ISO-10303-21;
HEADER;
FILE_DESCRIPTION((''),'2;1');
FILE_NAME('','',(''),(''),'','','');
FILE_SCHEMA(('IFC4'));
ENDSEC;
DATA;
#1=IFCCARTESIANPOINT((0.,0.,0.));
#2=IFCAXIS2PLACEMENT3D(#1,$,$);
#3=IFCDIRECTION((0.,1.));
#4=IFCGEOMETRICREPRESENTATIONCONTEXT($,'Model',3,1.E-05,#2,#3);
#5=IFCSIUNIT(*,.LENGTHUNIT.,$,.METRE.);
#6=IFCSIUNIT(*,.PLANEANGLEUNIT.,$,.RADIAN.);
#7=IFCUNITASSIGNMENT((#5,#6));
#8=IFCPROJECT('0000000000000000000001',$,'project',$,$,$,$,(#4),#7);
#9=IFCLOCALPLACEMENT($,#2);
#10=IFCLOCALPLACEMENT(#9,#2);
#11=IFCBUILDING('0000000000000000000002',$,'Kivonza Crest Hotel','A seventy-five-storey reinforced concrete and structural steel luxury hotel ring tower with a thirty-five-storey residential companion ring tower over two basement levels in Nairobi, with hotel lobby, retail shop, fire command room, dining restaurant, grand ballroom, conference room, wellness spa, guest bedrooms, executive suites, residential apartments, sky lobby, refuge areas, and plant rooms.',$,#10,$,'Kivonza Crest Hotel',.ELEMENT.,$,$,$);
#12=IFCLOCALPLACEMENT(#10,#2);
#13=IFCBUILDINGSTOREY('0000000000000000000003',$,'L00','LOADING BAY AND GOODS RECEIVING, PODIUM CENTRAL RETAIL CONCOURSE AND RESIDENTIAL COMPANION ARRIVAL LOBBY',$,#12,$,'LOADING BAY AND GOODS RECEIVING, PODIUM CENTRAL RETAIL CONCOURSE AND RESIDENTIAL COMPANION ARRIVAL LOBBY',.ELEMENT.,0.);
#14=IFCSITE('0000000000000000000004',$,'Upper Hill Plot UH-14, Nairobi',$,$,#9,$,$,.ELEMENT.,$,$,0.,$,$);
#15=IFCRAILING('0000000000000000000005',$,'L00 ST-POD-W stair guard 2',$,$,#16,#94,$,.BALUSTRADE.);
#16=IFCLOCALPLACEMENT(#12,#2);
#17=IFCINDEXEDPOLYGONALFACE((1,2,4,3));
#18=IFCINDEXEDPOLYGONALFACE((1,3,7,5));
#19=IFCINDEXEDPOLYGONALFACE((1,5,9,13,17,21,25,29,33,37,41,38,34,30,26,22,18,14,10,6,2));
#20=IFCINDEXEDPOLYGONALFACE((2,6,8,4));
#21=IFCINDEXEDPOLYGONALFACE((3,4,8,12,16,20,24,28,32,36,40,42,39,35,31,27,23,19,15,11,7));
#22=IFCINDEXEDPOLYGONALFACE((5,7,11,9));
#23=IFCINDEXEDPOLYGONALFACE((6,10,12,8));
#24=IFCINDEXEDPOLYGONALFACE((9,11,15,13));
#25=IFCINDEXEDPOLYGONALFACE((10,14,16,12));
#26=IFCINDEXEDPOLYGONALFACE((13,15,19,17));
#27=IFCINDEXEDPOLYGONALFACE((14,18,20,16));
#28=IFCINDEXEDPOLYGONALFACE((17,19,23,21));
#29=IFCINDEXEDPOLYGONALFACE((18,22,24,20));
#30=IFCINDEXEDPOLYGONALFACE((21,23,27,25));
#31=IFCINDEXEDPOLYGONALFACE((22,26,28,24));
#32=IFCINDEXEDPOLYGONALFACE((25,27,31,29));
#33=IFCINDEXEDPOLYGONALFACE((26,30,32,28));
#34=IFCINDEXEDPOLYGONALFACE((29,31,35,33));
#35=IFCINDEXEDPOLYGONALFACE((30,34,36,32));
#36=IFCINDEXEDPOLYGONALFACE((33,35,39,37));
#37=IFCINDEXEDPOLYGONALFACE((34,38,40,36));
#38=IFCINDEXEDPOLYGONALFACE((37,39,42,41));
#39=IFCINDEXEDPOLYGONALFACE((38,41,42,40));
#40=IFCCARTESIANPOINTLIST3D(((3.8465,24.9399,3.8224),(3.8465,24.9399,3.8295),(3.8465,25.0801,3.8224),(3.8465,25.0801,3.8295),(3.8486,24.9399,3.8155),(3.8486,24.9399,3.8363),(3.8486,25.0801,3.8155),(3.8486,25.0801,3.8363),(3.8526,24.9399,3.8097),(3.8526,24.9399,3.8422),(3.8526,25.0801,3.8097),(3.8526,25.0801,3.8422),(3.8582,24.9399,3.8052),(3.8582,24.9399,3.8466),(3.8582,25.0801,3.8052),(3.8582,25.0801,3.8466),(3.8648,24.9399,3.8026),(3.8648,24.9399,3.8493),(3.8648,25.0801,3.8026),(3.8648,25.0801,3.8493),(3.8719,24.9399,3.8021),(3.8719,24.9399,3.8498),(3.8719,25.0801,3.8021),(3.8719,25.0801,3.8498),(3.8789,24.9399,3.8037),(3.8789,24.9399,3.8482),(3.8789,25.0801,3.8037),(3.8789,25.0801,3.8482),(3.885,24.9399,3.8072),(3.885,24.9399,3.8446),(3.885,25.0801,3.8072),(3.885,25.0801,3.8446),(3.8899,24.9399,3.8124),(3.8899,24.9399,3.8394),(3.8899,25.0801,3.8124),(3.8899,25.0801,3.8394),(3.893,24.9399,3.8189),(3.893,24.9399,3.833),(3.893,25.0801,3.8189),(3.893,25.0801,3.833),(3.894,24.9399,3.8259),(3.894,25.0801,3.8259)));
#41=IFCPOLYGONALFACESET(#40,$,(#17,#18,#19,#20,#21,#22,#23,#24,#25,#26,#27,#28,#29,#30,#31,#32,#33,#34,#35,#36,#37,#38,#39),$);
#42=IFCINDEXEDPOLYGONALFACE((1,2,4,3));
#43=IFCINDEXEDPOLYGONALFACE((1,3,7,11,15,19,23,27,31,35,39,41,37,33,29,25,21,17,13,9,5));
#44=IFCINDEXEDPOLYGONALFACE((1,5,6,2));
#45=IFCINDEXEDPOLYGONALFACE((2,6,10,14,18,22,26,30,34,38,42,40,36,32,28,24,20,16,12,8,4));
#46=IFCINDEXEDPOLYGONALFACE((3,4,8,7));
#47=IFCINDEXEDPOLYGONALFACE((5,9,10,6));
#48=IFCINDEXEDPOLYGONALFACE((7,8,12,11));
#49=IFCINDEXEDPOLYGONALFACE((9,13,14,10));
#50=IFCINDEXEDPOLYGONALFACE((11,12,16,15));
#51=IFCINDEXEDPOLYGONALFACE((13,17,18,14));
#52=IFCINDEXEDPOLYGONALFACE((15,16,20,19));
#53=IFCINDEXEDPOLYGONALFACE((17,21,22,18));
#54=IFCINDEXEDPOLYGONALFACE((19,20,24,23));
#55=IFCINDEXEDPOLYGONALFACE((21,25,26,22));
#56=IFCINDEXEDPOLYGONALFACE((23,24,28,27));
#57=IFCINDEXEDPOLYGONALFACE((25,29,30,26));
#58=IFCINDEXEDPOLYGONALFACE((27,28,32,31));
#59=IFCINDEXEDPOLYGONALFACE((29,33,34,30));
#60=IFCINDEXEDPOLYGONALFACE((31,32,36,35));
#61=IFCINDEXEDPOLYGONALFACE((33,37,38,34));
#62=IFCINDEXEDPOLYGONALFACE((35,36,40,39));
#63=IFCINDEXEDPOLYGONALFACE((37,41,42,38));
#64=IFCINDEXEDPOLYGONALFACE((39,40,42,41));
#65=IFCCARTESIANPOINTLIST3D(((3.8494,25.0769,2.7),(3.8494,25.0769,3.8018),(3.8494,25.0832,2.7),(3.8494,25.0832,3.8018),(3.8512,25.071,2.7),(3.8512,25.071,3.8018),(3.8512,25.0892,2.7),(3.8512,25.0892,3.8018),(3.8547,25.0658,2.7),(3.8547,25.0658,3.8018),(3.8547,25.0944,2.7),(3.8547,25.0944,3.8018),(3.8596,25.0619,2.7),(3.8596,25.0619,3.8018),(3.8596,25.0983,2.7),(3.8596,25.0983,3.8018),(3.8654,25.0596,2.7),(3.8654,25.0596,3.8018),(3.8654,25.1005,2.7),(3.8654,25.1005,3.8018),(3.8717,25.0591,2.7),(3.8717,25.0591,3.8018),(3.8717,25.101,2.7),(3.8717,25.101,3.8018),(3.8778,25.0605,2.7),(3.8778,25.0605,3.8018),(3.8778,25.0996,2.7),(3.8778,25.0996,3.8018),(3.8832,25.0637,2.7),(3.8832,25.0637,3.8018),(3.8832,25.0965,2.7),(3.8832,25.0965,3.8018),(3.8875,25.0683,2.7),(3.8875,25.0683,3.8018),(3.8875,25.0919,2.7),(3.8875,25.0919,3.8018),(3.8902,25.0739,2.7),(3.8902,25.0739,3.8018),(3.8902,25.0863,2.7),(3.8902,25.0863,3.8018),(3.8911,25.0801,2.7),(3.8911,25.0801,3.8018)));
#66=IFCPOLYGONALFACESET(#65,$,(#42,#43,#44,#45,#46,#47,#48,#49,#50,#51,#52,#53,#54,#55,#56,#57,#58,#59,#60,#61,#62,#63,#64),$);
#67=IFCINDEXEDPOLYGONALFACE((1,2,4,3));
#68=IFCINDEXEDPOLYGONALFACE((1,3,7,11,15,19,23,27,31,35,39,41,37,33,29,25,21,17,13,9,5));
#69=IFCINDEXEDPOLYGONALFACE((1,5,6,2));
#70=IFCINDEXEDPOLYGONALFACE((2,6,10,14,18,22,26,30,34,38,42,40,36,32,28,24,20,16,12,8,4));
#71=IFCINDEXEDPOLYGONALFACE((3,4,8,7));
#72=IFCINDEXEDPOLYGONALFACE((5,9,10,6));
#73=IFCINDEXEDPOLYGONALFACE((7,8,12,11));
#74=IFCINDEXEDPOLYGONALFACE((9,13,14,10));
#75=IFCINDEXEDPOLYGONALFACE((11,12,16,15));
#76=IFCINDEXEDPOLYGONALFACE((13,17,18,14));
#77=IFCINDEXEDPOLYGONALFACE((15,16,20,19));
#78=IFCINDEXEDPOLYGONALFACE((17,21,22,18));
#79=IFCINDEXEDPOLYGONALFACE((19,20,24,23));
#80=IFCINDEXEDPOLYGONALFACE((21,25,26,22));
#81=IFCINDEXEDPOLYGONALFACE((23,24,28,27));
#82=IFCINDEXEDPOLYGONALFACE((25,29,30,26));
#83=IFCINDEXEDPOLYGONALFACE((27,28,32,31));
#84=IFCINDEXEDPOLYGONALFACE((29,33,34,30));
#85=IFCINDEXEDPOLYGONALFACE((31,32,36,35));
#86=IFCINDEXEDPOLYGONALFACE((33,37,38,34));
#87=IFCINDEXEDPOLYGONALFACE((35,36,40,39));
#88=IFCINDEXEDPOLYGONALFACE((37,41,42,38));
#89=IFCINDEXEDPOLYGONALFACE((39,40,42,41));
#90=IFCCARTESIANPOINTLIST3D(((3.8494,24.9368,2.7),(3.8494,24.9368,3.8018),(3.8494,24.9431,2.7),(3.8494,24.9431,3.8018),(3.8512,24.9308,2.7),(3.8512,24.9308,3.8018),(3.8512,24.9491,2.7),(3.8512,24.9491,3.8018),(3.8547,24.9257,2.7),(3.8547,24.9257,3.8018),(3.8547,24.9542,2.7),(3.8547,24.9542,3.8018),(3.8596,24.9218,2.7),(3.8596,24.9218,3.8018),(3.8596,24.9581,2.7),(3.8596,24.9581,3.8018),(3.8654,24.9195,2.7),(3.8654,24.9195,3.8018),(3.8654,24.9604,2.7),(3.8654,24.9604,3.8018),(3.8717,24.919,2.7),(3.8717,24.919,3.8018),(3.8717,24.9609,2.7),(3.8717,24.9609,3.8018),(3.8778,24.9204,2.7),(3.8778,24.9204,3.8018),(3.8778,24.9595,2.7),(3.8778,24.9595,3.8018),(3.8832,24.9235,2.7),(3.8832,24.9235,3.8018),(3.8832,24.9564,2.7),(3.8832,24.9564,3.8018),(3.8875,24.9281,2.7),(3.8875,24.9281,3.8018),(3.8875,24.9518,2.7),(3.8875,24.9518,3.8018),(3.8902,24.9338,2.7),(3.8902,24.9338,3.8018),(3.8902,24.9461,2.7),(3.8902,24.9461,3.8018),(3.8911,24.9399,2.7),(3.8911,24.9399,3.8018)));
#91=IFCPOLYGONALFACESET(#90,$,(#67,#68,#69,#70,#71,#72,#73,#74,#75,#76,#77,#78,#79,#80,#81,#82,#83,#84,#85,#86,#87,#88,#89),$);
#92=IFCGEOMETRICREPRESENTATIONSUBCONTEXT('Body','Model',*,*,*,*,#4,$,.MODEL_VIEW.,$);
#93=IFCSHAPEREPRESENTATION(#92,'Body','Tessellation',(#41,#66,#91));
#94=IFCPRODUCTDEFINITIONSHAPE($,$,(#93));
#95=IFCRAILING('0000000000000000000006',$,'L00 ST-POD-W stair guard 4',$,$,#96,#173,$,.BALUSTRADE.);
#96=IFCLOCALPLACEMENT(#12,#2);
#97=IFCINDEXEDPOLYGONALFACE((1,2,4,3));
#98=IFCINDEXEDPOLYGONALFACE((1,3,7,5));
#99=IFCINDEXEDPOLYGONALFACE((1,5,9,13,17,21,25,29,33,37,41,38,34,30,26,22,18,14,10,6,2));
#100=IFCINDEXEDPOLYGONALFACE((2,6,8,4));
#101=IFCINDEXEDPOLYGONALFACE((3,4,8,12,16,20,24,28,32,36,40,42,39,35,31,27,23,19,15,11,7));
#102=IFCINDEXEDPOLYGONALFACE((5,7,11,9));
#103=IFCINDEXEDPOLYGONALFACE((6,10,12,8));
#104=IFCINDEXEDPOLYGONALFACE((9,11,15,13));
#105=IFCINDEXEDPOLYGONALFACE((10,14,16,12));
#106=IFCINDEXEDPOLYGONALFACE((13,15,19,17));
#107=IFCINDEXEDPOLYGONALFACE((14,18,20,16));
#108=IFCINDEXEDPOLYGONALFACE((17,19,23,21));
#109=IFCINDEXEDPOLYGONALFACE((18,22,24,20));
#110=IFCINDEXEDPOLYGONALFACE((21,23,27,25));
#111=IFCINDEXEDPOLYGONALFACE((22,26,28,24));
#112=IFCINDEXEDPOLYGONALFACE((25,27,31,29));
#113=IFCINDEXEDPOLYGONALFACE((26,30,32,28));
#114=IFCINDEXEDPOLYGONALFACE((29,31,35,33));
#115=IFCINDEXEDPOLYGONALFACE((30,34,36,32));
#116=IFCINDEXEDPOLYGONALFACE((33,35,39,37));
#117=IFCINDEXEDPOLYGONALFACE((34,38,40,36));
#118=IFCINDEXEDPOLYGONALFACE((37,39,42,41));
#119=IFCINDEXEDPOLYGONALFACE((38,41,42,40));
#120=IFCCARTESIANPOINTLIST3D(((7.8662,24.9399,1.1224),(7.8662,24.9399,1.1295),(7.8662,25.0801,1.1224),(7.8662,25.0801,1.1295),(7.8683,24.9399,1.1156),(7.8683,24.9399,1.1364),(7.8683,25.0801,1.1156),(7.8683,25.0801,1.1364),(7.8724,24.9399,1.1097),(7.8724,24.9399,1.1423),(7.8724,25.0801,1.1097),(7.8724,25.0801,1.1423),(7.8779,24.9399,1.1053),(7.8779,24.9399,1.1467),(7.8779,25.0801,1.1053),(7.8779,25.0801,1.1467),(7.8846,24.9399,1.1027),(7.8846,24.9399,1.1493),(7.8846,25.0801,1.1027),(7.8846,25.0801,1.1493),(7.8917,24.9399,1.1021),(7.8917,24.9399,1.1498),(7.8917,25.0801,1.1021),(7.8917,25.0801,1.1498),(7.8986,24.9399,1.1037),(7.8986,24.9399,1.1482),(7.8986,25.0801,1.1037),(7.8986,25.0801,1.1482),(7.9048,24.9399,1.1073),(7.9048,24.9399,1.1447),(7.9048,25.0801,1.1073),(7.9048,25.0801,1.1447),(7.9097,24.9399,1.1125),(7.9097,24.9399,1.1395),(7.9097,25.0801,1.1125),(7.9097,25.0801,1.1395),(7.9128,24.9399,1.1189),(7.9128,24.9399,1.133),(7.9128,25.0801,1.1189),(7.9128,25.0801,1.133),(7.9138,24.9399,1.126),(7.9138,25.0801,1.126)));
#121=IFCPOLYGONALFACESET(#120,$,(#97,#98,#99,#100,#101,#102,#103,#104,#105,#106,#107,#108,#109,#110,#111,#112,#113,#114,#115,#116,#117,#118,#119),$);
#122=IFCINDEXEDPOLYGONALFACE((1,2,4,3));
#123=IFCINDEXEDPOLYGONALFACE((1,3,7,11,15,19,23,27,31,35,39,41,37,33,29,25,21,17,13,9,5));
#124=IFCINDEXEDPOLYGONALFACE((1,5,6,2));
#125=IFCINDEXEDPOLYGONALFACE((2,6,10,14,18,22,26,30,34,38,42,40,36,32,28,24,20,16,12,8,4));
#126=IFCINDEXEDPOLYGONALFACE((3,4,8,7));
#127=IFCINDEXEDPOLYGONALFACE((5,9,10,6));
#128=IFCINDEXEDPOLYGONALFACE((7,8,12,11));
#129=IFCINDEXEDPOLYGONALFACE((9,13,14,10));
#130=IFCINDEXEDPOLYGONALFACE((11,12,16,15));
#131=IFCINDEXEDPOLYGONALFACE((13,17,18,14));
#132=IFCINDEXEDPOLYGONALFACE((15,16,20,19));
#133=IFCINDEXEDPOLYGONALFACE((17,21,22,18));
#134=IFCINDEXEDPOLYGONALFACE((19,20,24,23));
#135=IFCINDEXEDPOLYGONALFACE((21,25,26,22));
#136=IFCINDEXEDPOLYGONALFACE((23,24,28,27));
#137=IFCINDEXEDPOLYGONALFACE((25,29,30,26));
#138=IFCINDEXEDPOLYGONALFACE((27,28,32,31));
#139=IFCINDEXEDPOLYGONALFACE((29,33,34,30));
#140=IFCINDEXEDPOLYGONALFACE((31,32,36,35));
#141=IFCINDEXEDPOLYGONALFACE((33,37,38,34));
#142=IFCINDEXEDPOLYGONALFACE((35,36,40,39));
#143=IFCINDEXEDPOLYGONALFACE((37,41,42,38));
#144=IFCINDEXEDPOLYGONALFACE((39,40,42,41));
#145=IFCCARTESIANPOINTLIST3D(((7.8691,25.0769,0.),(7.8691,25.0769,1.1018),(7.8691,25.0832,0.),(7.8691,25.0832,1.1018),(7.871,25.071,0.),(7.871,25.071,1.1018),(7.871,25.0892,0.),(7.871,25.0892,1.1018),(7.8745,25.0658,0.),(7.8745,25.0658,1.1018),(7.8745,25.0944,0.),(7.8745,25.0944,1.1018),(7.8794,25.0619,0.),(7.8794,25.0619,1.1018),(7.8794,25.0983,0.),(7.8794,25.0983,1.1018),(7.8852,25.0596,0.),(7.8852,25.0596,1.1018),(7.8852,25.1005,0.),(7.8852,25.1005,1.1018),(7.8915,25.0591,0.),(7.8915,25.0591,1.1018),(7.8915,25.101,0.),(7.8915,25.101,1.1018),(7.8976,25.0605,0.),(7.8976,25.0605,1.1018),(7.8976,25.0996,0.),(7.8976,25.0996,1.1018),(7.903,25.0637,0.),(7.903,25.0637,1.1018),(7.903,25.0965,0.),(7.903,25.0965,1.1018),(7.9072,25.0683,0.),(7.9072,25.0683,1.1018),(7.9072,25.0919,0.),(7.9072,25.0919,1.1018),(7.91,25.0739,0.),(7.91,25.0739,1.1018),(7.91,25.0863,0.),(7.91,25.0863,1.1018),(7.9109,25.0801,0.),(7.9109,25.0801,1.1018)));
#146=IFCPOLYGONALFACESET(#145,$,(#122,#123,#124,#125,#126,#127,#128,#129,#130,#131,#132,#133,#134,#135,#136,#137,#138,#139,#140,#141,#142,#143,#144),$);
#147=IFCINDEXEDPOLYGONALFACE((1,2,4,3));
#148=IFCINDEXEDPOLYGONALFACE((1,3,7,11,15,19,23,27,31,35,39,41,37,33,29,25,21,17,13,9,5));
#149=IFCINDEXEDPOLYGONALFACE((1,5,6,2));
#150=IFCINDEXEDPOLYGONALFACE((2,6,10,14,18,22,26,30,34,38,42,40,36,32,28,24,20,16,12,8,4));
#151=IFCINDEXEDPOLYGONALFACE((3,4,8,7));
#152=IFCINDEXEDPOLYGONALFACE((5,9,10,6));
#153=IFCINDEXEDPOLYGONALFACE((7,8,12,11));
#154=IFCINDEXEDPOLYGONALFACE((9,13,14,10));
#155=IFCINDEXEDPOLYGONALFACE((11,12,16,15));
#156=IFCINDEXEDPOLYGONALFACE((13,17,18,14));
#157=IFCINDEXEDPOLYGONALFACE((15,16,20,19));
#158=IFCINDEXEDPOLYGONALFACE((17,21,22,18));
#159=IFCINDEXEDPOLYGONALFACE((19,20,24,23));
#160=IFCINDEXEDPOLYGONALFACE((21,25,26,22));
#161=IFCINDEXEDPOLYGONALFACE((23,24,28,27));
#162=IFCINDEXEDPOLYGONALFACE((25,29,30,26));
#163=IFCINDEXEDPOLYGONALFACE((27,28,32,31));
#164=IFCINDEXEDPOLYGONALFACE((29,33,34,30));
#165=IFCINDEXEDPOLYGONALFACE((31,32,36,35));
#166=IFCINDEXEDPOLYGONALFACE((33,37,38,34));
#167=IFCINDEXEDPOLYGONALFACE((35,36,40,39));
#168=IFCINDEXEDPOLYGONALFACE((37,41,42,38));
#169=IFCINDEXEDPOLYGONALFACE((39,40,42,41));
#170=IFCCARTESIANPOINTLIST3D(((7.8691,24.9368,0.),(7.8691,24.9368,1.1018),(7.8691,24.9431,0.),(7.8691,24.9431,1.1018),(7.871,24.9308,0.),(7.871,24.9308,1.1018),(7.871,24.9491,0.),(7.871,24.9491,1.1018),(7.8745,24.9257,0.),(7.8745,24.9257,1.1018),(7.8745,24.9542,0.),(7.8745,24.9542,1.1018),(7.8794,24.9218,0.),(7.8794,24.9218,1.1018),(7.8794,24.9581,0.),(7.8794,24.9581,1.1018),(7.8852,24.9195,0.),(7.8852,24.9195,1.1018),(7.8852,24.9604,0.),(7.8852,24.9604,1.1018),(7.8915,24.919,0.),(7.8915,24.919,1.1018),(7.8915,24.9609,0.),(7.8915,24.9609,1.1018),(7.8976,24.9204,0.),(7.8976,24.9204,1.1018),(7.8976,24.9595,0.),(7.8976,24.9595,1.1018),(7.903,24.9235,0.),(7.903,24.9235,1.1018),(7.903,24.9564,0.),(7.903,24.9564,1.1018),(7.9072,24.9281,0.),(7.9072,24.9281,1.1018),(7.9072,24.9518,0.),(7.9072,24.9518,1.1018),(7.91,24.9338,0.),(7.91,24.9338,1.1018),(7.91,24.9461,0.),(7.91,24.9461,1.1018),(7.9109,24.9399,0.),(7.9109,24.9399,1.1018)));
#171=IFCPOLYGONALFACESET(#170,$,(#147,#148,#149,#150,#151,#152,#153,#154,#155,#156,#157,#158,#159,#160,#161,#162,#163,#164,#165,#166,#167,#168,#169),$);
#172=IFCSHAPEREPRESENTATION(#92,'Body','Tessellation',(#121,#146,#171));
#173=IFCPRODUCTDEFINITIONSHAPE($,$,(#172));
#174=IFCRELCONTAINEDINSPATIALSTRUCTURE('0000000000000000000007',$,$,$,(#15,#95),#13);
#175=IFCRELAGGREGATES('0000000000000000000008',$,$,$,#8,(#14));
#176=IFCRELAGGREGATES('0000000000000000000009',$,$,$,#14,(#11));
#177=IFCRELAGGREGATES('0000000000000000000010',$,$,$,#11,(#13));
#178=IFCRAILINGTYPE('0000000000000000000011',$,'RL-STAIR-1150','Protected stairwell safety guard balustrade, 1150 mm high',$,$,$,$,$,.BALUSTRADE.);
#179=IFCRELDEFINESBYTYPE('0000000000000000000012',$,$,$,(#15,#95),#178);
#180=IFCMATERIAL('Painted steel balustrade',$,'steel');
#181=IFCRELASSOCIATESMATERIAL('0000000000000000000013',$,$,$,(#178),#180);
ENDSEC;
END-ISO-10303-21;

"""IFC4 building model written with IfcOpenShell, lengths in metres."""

from ifc_helpers import new_model, si_unit, direction, frame, origin, origin_2d, place, context, subcontext, project, spatial, circle, extrude, material, type_object, element, save


model = new_model("IFC4")

# Units and contexts
model_context = context("Model", 3, precision=1e-05, world=origin(), true_north=direction((0.0, 1.0)))
body_context = subcontext(model_context, "Body", "Model", "MODEL_VIEW")
ifc_project = project(units=[si_unit("LENGTHUNIT", "METRE"), si_unit("PLANEANGLEUNIT", "RADIAN")], contexts=[model_context])

# Site, building, storey
site_placement = place(None, origin())
site = spatial("IfcSite", under=ifc_project, at=site_placement, Name="Upper Hill Plot UH-14, Nairobi", CompositionType="ELEMENT", RefElevation=0.0)
building_placement = place(site_placement, origin())
building = spatial("IfcBuilding", under=site, at=building_placement, Name="Kivonza Crest Hotel", Description="A seventy-five-storey reinforced concrete and structural steel luxury hotel ring tower with a thirty-five-storey residential companion ring tower over two basement levels in Nairobi, with hotel lobby, retail shop, fire command room, dining restaurant, grand ballroom, conference room, wellness spa, guest bedrooms, executive suites, residential apartments, sky lobby, refuge areas, and plant rooms.", LongName="Kivonza Crest Hotel", CompositionType="ELEMENT")
storey_placement = place(building_placement, origin())
storey = spatial("IfcBuildingStorey", under=building, at=storey_placement, Name="L00", Description="LOADING BAY AND GOODS RECEIVING, PODIUM CENTRAL RETAIL CONCOURSE AND RESIDENTIAL COMPANION ARRIVAL LOBBY", LongName="LOADING BAY AND GOODS RECEIVING, PODIUM CENTRAL RETAIL CONCOURSE AND RESIDENTIAL COMPANION ARRIVAL LOBBY", CompositionType="ELEMENT", Elevation=0.0)

# Railings
ifc_material_1 = material(Name="Painted steel balustrade", Category="steel")
railing_type_1 = type_object("IfcRailingType", Name="RL-STAIR-1150", Description="Protected stairwell safety guard balustrade, 1150 mm high", PredefinedType="BALUSTRADE", material=ifc_material_1)
for number, where, name in (
    (1, (3.8701, 25.0801, 2.7), "L00 ST-POD-W stair guard 2"),
    (2, (7.8899, 25.0801, 0.0), "L00 ST-POD-W stair guard 4"),
):
    element("IfcRailing", number, at=place(storey_placement, frame(where)), inside=storey, type_object=railing_type_1, Name=name, PredefinedType="BALUSTRADE", context=body_context, shape_type="SweptSolid", body=[
        extrude(circle(Radius=0.0239, at=origin_2d()), frame((0.0, 0.0, 1.126), z_axis=(0.0, -1.0, 0.0), x_axis=(1.0, 0.0, 0.0)), (0.0, 0.0, 1.0), 0.1401),
        extrude(circle(Radius=0.021, at=origin_2d()), origin(), (0.0, 0.0, 1.0), 1.1018),
        extrude(circle(Radius=0.021, at=origin_2d()), frame((0.0, -0.1401, 0.0)), (0.0, 0.0, 1.0), 1.1018),
    ])

save(model, "model.ifc")
